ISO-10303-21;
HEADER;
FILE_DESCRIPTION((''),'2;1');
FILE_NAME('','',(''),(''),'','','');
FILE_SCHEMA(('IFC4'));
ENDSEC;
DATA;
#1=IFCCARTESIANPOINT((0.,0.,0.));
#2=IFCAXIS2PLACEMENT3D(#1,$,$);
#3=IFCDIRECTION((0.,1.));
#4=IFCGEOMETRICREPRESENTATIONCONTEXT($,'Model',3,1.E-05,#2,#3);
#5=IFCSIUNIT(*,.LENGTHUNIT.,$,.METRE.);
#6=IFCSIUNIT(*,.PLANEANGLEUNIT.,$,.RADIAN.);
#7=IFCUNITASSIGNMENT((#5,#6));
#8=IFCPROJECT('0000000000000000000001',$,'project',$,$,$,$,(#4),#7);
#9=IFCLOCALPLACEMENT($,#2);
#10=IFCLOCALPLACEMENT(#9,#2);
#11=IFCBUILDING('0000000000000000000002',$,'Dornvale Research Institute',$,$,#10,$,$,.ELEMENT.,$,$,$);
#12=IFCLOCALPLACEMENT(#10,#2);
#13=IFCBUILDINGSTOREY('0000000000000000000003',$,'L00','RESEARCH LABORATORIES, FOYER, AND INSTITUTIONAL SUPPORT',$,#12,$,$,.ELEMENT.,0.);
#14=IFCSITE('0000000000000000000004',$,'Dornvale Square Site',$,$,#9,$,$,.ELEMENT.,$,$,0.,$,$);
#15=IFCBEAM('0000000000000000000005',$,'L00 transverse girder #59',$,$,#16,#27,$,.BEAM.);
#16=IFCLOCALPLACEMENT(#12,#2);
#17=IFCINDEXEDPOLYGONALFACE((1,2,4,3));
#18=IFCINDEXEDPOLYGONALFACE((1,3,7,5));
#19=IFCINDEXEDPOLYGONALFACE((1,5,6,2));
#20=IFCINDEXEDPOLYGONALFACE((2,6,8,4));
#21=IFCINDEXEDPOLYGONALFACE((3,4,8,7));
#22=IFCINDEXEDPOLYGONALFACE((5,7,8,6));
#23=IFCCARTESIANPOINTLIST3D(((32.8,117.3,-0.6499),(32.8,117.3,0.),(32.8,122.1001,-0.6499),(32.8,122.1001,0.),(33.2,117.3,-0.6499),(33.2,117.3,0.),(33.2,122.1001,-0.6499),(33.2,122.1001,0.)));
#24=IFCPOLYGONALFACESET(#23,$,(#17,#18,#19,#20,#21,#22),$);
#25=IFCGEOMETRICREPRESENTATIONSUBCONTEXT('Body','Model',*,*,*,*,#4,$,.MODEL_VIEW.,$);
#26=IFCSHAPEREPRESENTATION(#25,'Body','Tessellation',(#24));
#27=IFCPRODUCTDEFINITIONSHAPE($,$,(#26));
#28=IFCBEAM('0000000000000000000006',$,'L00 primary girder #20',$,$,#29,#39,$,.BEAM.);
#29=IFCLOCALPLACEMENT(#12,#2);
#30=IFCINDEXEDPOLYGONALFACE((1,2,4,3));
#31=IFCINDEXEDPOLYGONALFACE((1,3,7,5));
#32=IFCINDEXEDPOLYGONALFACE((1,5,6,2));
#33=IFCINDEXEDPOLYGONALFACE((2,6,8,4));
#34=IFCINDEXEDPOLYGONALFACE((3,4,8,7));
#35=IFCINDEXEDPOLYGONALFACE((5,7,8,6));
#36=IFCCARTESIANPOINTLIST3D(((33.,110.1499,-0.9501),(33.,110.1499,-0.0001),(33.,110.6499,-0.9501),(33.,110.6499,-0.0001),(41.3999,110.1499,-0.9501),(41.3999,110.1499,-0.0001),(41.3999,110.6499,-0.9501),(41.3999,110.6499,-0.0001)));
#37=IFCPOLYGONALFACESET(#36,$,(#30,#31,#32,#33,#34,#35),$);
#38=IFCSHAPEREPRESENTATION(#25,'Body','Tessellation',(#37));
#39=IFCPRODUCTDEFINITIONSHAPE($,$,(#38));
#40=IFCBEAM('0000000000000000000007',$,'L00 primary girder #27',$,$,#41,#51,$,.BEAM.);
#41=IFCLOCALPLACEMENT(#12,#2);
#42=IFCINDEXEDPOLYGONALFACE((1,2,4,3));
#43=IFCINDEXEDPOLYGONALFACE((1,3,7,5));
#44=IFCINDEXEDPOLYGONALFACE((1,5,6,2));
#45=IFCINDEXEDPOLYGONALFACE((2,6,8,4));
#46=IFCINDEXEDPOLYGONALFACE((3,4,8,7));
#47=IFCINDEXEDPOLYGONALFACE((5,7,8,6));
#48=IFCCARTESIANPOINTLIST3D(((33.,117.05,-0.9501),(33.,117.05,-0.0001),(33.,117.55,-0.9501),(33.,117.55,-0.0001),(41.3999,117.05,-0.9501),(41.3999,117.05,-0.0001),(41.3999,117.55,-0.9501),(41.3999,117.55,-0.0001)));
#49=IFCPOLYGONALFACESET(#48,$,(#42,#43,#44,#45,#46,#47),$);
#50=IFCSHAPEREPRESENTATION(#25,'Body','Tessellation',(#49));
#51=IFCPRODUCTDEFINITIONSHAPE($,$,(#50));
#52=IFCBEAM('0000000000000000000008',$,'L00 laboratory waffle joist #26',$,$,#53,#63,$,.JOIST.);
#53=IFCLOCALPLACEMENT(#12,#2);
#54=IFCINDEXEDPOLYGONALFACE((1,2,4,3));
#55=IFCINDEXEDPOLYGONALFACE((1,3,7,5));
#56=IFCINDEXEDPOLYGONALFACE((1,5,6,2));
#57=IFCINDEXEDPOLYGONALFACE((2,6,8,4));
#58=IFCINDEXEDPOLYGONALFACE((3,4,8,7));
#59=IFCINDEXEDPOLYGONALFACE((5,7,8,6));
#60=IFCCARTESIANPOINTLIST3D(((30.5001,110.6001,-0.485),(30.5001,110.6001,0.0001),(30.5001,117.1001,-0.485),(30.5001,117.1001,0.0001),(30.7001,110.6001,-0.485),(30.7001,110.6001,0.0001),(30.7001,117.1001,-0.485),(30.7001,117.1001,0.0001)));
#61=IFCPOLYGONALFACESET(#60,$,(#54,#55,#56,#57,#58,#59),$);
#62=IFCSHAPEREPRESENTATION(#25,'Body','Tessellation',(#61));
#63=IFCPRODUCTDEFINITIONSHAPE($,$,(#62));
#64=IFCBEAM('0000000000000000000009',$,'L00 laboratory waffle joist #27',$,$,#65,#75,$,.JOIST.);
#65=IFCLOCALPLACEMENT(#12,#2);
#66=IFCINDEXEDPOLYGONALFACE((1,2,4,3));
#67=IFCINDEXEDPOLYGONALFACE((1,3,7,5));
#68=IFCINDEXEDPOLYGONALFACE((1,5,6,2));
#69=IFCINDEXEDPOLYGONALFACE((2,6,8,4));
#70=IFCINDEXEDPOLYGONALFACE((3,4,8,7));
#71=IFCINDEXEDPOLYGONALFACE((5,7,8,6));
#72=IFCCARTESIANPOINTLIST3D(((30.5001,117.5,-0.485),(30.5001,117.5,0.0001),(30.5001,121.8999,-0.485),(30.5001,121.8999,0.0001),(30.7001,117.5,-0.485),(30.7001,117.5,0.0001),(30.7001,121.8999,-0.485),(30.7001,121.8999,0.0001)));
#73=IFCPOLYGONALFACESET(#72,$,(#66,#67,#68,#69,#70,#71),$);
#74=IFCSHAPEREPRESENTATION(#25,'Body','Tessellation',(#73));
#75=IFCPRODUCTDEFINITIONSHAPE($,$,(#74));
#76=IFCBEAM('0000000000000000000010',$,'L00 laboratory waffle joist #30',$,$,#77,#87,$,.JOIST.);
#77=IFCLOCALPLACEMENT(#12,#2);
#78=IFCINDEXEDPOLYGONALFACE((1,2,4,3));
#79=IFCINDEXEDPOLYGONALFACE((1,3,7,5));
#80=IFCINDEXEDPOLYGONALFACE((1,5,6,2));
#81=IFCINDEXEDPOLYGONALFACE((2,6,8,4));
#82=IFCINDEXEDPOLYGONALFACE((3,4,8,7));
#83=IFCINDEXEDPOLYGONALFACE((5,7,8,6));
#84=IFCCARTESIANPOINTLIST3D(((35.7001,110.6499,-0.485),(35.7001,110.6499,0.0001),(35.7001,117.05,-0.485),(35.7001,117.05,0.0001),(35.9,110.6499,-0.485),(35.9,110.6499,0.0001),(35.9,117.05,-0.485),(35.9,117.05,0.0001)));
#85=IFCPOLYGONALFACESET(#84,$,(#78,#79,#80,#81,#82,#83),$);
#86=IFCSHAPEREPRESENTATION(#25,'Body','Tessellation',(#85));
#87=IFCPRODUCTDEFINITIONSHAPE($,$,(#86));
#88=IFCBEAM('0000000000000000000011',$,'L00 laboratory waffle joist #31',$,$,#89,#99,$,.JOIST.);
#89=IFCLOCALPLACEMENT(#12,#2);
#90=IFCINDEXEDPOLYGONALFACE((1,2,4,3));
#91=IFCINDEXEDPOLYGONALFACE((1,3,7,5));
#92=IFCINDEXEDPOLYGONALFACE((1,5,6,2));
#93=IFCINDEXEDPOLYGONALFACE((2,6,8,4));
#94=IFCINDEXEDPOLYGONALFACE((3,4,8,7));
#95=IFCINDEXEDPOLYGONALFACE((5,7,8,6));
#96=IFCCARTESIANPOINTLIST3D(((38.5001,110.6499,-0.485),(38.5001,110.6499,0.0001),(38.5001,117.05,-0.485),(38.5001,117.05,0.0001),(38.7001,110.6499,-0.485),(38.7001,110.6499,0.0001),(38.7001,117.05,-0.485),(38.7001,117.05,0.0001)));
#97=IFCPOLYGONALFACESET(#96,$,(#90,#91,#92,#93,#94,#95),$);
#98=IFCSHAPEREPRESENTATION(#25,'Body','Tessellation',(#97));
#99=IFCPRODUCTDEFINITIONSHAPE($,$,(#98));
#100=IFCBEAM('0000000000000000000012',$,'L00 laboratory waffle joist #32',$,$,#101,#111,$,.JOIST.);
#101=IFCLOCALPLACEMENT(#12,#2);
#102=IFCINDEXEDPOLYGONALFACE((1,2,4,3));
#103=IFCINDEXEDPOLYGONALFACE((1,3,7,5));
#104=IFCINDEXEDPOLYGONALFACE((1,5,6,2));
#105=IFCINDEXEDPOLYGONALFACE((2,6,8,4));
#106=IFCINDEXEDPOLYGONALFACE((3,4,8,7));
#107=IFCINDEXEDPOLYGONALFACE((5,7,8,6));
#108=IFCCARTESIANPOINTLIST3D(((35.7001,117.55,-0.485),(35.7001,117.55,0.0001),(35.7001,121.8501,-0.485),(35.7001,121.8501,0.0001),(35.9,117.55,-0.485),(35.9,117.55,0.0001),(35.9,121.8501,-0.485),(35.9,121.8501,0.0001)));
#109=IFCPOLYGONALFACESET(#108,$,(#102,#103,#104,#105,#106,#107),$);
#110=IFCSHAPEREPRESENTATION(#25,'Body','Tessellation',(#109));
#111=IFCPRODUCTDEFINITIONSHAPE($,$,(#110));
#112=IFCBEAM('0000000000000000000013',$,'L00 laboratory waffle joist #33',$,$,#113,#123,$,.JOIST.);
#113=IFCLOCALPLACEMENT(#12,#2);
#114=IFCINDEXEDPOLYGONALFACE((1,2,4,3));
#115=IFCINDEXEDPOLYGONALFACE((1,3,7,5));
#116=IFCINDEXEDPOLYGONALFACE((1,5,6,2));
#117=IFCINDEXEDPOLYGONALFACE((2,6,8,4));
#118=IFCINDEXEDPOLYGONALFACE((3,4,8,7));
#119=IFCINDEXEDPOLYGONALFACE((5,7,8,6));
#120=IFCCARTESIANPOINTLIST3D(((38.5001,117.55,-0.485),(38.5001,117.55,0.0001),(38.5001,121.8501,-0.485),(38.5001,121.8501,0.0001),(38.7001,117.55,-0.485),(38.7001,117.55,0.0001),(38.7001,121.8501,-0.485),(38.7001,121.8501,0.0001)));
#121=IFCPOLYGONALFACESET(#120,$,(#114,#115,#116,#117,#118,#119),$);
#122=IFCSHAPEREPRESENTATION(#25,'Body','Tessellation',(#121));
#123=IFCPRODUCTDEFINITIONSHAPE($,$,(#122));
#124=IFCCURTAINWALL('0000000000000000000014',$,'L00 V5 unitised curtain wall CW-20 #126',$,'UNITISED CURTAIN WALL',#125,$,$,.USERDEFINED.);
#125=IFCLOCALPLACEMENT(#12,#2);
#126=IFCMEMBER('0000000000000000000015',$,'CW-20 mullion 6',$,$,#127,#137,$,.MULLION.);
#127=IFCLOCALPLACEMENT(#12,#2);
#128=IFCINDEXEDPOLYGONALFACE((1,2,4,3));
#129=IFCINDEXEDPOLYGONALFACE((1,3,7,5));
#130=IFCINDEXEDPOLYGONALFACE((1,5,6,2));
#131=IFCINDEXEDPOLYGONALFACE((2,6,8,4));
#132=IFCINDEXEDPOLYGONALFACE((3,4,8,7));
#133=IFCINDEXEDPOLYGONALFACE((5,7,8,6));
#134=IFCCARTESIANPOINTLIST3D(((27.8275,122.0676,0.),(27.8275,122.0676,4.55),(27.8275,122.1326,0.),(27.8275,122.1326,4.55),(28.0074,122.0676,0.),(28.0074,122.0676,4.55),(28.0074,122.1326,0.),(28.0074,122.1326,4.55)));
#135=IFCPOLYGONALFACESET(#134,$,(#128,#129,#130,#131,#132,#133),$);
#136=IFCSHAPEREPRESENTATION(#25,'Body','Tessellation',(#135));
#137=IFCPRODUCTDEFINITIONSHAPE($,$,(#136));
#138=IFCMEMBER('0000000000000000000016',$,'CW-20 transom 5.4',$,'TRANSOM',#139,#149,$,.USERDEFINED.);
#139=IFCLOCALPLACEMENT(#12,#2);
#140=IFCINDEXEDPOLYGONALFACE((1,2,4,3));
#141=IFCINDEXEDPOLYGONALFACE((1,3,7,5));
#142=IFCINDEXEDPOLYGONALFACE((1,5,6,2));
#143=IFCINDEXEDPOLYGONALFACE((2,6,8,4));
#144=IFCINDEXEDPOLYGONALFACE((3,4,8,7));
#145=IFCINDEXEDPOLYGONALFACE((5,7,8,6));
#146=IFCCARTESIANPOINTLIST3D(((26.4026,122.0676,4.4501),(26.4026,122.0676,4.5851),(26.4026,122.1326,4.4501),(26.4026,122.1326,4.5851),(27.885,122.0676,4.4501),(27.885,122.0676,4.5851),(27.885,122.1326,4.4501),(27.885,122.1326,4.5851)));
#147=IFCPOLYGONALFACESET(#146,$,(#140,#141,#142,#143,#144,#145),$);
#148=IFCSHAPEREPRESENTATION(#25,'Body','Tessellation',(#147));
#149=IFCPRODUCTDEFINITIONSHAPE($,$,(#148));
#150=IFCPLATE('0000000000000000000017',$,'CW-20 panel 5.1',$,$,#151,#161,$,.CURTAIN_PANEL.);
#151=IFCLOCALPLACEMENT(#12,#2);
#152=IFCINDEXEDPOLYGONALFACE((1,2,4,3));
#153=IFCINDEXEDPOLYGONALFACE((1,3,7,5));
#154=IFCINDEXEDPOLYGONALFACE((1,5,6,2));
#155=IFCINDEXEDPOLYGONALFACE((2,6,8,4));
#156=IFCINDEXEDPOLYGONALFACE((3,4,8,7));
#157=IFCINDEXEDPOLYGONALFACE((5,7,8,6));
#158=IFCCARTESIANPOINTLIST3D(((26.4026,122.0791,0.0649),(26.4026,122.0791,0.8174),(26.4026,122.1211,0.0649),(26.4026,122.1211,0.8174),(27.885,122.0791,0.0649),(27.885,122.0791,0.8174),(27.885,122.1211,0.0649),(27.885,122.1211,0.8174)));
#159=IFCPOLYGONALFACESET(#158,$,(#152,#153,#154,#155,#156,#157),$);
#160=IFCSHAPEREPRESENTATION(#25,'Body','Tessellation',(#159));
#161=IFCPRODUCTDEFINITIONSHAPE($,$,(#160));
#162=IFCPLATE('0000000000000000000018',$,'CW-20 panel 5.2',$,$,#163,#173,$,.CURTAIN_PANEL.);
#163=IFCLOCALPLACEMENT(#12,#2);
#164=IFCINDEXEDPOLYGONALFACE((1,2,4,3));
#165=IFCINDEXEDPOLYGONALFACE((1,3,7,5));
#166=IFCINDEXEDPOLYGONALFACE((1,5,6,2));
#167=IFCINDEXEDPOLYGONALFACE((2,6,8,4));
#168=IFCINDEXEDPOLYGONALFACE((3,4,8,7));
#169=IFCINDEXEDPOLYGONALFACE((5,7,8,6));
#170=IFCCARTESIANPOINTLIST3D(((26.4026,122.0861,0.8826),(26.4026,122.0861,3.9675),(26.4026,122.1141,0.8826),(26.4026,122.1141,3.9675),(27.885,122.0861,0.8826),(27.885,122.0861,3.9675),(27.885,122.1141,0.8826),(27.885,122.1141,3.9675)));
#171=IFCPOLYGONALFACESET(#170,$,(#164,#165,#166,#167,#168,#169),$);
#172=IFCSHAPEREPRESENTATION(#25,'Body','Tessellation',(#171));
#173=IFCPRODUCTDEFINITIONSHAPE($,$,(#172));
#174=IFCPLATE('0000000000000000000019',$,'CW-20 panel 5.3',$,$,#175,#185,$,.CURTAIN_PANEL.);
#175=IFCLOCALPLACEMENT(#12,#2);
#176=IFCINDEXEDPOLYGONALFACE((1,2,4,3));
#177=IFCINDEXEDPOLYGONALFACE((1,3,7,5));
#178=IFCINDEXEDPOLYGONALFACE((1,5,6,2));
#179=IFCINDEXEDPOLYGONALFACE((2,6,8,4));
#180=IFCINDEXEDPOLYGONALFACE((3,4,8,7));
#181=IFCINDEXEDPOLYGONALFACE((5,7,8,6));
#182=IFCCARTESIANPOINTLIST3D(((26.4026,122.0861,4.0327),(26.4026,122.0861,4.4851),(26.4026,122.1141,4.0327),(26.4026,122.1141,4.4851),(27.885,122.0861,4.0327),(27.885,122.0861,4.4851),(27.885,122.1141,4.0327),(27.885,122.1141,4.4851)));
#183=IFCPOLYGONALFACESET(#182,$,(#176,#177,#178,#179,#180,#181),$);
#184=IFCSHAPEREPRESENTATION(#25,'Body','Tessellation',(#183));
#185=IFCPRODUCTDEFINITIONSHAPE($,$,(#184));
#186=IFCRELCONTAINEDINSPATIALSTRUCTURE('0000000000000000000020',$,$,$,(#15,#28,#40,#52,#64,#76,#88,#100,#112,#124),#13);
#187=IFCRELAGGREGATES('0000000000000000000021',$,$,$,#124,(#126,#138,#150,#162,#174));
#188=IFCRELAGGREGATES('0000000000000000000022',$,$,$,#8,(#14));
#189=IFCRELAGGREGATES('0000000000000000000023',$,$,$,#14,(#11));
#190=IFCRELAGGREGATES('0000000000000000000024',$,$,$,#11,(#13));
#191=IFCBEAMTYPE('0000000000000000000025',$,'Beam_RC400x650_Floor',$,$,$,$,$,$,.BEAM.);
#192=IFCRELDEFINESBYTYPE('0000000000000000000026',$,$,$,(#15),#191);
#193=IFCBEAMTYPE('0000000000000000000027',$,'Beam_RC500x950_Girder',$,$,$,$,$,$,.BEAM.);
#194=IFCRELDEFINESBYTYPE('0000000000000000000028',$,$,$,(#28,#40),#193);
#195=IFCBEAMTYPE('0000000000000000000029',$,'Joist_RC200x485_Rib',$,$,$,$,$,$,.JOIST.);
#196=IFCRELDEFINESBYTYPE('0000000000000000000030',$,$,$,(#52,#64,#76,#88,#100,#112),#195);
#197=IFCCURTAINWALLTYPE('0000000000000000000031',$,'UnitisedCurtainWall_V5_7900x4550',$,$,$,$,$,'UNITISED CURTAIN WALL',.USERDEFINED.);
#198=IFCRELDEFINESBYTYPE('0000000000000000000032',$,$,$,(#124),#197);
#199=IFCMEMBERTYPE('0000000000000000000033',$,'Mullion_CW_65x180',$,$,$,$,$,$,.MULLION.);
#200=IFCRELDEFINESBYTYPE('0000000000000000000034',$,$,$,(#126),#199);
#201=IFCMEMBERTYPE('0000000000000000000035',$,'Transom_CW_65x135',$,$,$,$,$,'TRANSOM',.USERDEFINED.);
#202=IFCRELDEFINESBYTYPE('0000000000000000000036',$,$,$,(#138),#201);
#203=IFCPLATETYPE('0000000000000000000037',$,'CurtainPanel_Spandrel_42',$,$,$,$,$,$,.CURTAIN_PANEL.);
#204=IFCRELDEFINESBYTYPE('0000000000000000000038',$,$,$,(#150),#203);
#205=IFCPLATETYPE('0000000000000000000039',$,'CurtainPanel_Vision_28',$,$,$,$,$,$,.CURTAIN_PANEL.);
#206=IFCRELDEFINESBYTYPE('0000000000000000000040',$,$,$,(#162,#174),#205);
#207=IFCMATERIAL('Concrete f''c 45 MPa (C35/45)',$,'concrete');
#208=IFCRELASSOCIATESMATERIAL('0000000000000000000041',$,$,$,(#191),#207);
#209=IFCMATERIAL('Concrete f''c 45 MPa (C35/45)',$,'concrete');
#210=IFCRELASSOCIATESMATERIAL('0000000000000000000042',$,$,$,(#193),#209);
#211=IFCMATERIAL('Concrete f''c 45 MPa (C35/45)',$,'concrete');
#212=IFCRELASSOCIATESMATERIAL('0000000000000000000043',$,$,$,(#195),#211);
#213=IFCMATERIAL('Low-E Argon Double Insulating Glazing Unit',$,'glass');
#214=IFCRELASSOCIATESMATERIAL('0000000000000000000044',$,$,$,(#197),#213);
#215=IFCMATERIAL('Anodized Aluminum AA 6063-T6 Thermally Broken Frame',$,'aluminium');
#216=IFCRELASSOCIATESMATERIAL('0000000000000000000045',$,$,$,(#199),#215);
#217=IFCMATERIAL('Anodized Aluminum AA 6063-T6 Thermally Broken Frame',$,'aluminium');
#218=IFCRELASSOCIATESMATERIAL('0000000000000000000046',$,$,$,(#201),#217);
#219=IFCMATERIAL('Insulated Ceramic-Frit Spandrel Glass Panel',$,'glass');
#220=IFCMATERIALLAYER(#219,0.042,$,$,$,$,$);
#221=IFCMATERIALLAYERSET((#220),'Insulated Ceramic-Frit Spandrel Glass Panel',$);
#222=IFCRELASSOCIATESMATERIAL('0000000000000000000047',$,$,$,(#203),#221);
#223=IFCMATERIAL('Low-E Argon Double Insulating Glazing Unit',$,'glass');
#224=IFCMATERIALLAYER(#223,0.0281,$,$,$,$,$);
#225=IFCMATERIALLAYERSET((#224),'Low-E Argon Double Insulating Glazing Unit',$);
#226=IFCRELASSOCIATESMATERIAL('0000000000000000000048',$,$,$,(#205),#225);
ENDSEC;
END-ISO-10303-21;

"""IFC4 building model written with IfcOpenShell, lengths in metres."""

from ifc_helpers import new_model, si_unit, direction, frame, origin, origin_2d, place, context, subcontext, project, spatial, rectangle, extrude, material, layer, layer_set, material_profile, profile_set, type_object, element, aggregate, save


model = new_model("IFC4")

# Units and contexts
model_context = context("Model", 3, precision=1e-05, world=origin(), true_north=direction((0.0, 1.0)))
body_context = subcontext(model_context, "Body", "Model", "MODEL_VIEW")
ifc_project = project(units=[si_unit("LENGTHUNIT", "METRE"), si_unit("PLANEANGLEUNIT", "RADIAN")], contexts=[model_context])

# Site, building, storey
site_placement = place(None, origin())
site = spatial("IfcSite", under=ifc_project, at=site_placement, Name="Dornvale Square Site", CompositionType="ELEMENT", RefElevation=0.0)
building_placement = place(site_placement, origin())
building = spatial("IfcBuilding", under=site, at=building_placement, Name="Dornvale Research Institute", CompositionType="ELEMENT")
storey_placement = place(building_placement, origin())
storey = spatial("IfcBuildingStorey", under=building, at=storey_placement, Name="L00", Description="RESEARCH LABORATORIES, FOYER, AND INSTITUTIONAL SUPPORT", CompositionType="ELEMENT", Elevation=0.0)

# Beams
ifc_material_1 = material(Name="Concrete f'c 45 MPa (C35/45)", Category="concrete")
ifc_material_profile_1 = material_profile(ifc_material_1, rectangle(XDim=0.3999, YDim=0.6499, at=origin_2d()), Name="RC 400x650")
ifc_profile_set_1 = profile_set([ifc_material_profile_1], Name="Concrete f'c 45 MPa (C35/45)")
beam_type_1 = type_object("IfcBeamType", Name="Beam_RC400x650_Floor", PredefinedType="BEAM", material=ifc_profile_set_1)
beam_1_placement = place(storey_placement, frame((33.0, 117.3, -0.325), z_axis=(0.0, 1.0, 0.0), x_axis=(-1.0, 0.0, 0.0)))
element("IfcBeam", 1, at=beam_1_placement, inside=storey, type_object=beam_type_1, Name="L00 transverse girder #59", PredefinedType="BEAM", context=body_context, shape_type="SweptSolid", body=[
    extrude(rectangle(XDim=0.3999, YDim=0.6499, at=origin_2d()), origin(), (0.0, 0.0, 1.0), 4.8),
])
ifc_material_2 = material(Name="Concrete f'c 45 MPa (C35/45)", Category="concrete")
ifc_material_profile_2 = material_profile(ifc_material_2, rectangle(XDim=0.5, YDim=0.95, at=origin_2d()), Name="RC 500x950")
ifc_profile_set_2 = profile_set([ifc_material_profile_2], Name="Concrete f'c 45 MPa (C35/45)")
beam_type_2 = type_object("IfcBeamType", Name="Beam_RC500x950_Girder", PredefinedType="BEAM", material=ifc_profile_set_2)
for number, where, z_axis, x_axis, name in (
    (2, (33.0, 110.3999, -0.4751), (1.0, 0.0, 0.0), (0.0, 1.0, 0.0), "L00 primary girder #20"),
    (3, (33.0, 117.3, -0.4751), (1.0, 0.0, 0.0), (0.0, 1.0, 0.0), "L00 primary girder #27"),
):
    element("IfcBeam", number, at=place(storey_placement, frame(where, z_axis=z_axis, x_axis=x_axis)), inside=storey, type_object=beam_type_2, Name=name, PredefinedType="BEAM", context=body_context, shape_type="SweptSolid", body=[
        extrude(rectangle(XDim=0.5, YDim=0.95, at=origin_2d()), origin(), (0.0, 0.0, 1.0), 8.3999),
    ])
ifc_material_3 = material(Name="Concrete f'c 45 MPa (C35/45)", Category="concrete")
ifc_material_profile_3 = material_profile(ifc_material_3, rectangle(XDim=0.2, YDim=0.4851, at=origin_2d()), Name="RC 200x485")
ifc_profile_set_3 = profile_set([ifc_material_profile_3], Name="Concrete f'c 45 MPa (C35/45)")
beam_type_3 = type_object("IfcBeamType", Name="Joist_RC200x485_Rib", PredefinedType="JOIST", material=ifc_profile_set_3)
beam_2_placement = place(storey_placement, frame((30.6001, 110.6001, -0.2424), z_axis=(0.0, 1.0, 0.0), x_axis=(-1.0, 0.0, 0.0)))
element("IfcBeam", 4, at=beam_2_placement, inside=storey, type_object=beam_type_3, Name="L00 laboratory waffle joist #26", PredefinedType="JOIST", context=body_context, shape_type="SweptSolid", body=[
    extrude(rectangle(XDim=0.2, YDim=0.4851, at=origin_2d()), origin(), (0.0, 0.0, 1.0), 6.5),
])
beam_3_placement = place(storey_placement, frame((30.6001, 117.5, -0.2424), z_axis=(0.0, 1.0, 0.0), x_axis=(-1.0, 0.0, 0.0)))
element("IfcBeam", 5, at=beam_3_placement, inside=storey, type_object=beam_type_3, Name="L00 laboratory waffle joist #27", PredefinedType="JOIST", context=body_context, shape_type="SweptSolid", body=[
    extrude(rectangle(XDim=0.2, YDim=0.4851, at=origin_2d()), origin(), (0.0, 0.0, 1.0), 4.3999),
])
for number, where, z_axis, x_axis, name in (
    (6, (35.8, 110.6499, -0.2424), (0.0, 1.0, 0.0), (-1.0, 0.0, 0.0), "L00 laboratory waffle joist #30"),
    (7, (38.6001, 110.6499, -0.2424), (0.0, 1.0, 0.0), (-1.0, 0.0, 0.0), "L00 laboratory waffle joist #31"),
):
    element("IfcBeam", number, at=place(storey_placement, frame(where, z_axis=z_axis, x_axis=x_axis)), inside=storey, type_object=beam_type_3, Name=name, PredefinedType="JOIST", context=body_context, shape_type="SweptSolid", body=[
        extrude(rectangle(XDim=0.2, YDim=0.4851, at=origin_2d()), origin(), (0.0, 0.0, 1.0), 6.4001),
    ])
for number, where, z_axis, x_axis, name in (
    (8, (35.8, 117.55, -0.2424), (0.0, 1.0, 0.0), (-1.0, 0.0, 0.0), "L00 laboratory waffle joist #32"),
    (9, (38.6001, 117.55, -0.2424), (0.0, 1.0, 0.0), (-1.0, 0.0, 0.0), "L00 laboratory waffle joist #33"),
):
    element("IfcBeam", number, at=place(storey_placement, frame(where, z_axis=z_axis, x_axis=x_axis)), inside=storey, type_object=beam_type_3, Name=name, PredefinedType="JOIST", context=body_context, shape_type="SweptSolid", body=[
        extrude(rectangle(XDim=0.2, YDim=0.4851, at=origin_2d()), origin(), (0.0, 0.0, 1.0), 4.3),
    ])

# Curtain wall, members, plates
ifc_material_4 = material(Name="Low-E Argon Double Insulating Glazing Unit", Category="glass")
curtain_wall_type = type_object("IfcCurtainWallType", Name="UnitisedCurtainWall_V5_7900x4550", ElementType="UNITISED CURTAIN WALL", PredefinedType="USERDEFINED", material=ifc_material_4)
curtain_wall_placement = place(storey_placement, origin())
curtain_wall = element("IfcCurtainWall", 10, at=curtain_wall_placement, inside=storey, type_object=curtain_wall_type, Name="L00 V5 unitised curtain wall CW-20 #126", ObjectType="UNITISED CURTAIN WALL", PredefinedType="USERDEFINED")
ifc_material_5 = material(Name="Anodized Aluminum AA 6063-T6 Thermally Broken Frame", Category="aluminium")
ifc_material_profile_4 = material_profile(ifc_material_5, rectangle(XDim=0.0649, YDim=0.1799, at=origin_2d()), Name="ALU MULLION 65x180")
ifc_profile_set_4 = profile_set([ifc_material_profile_4], Name="Anodized Aluminum AA 6063-T6 Thermally Broken Frame")
member_type_1 = type_object("IfcMemberType", Name="Mullion_CW_65x180", PredefinedType="MULLION", material=ifc_profile_set_4)
member_1_placement = place(storey_placement, frame((27.9175, 122.1001, 0.0), z_axis=(0.0, 0.0, 1.0), x_axis=(0.0, 1.0, 0.0)))
member_1 = element("IfcMember", 11, at=member_1_placement, type_object=member_type_1, Name="CW-20 mullion 6", PredefinedType="MULLION", context=body_context, shape_type="SweptSolid", body=[
    extrude(rectangle(XDim=0.0649, YDim=0.1799, at=origin_2d()), origin(), (0.0, 0.0, 1.0), 4.55),
])
ifc_material_6 = material(Name="Anodized Aluminum AA 6063-T6 Thermally Broken Frame", Category="aluminium")
ifc_material_profile_5 = material_profile(ifc_material_6, rectangle(XDim=0.0649, YDim=0.135, at=origin_2d()), Name="ALU TRANSOM 65x135")
ifc_profile_set_5 = profile_set([ifc_material_profile_5], Name="Anodized Aluminum AA 6063-T6 Thermally Broken Frame")
member_type_2 = type_object("IfcMemberType", Name="Transom_CW_65x135", ElementType="TRANSOM", PredefinedType="USERDEFINED", material=ifc_profile_set_5)
member_2_placement = place(storey_placement, frame((26.4026, 122.1001, 4.5176), z_axis=(1.0, 0.0, 0.0), x_axis=(0.0, 1.0, 0.0)))
member_2 = element("IfcMember", 12, at=member_2_placement, type_object=member_type_2, Name="CW-20 transom 5.4", ObjectType="TRANSOM", PredefinedType="USERDEFINED", context=body_context, shape_type="SweptSolid", body=[
    extrude(rectangle(XDim=0.0649, YDim=0.135, at=origin_2d()), origin(), (0.0, 0.0, 1.0), 1.4824),
])
ifc_material_7 = material(Name="Insulated Ceramic-Frit Spandrel Glass Panel", Category="glass")
ifc_layer_1 = layer(ifc_material_7, 0.042)
ifc_layer_set_1 = layer_set([ifc_layer_1], Name="Insulated Ceramic-Frit Spandrel Glass Panel")
plate_type_1 = type_object("IfcPlateType", Name="CurtainPanel_Spandrel_42", PredefinedType="CURTAIN_PANEL", material=ifc_layer_set_1)
plate_1_placement = place(storey_placement, frame((27.1438, 122.1001, 0.0649), z_axis=(0.0, 0.0, 1.0), x_axis=(1.0, 0.0, 0.0)))
plate_1 = element("IfcPlate", 13, at=plate_1_placement, type_object=plate_type_1, Name="CW-20 panel 5.1", PredefinedType="CURTAIN_PANEL", context=body_context, shape_type="SweptSolid", body=[
    extrude(rectangle(XDim=1.4824, YDim=0.042, at=origin_2d()), origin(), (0.0, 0.0, 1.0), 0.7524),
])
ifc_material_8 = material(Name="Low-E Argon Double Insulating Glazing Unit", Category="glass")
ifc_layer_2 = layer(ifc_material_8, 0.0281)
ifc_layer_set_2 = layer_set([ifc_layer_2], Name="Low-E Argon Double Insulating Glazing Unit")
plate_type_2 = type_object("IfcPlateType", Name="CurtainPanel_Vision_28", PredefinedType="CURTAIN_PANEL", material=ifc_layer_set_2)
plate_2_placement = place(storey_placement, frame((27.1438, 122.1001, 0.8826), z_axis=(0.0, 0.0, 1.0), x_axis=(1.0, 0.0, 0.0)))
plate_2 = element("IfcPlate", 14, at=plate_2_placement, type_object=plate_type_2, Name="CW-20 panel 5.2", PredefinedType="CURTAIN_PANEL", context=body_context, shape_type="SweptSolid", body=[
    extrude(rectangle(XDim=1.4824, YDim=0.0281, at=origin_2d()), origin(), (0.0, 0.0, 1.0), 3.085),
])
plate_3_placement = place(storey_placement, frame((27.1438, 122.1001, 4.0327), z_axis=(0.0, 0.0, 1.0), x_axis=(1.0, 0.0, 0.0)))
plate_3 = element("IfcPlate", 15, at=plate_3_placement, type_object=plate_type_2, Name="CW-20 panel 5.3", PredefinedType="CURTAIN_PANEL", context=body_context, shape_type="SweptSolid", body=[
    extrude(rectangle(XDim=1.4824, YDim=0.0281, at=origin_2d()), origin(), (0.0, 0.0, 1.0), 0.4524),
])
aggregate(curtain_wall, [member_1, member_2, plate_1, plate_2, plate_3])

save(model, "model.ifc")
